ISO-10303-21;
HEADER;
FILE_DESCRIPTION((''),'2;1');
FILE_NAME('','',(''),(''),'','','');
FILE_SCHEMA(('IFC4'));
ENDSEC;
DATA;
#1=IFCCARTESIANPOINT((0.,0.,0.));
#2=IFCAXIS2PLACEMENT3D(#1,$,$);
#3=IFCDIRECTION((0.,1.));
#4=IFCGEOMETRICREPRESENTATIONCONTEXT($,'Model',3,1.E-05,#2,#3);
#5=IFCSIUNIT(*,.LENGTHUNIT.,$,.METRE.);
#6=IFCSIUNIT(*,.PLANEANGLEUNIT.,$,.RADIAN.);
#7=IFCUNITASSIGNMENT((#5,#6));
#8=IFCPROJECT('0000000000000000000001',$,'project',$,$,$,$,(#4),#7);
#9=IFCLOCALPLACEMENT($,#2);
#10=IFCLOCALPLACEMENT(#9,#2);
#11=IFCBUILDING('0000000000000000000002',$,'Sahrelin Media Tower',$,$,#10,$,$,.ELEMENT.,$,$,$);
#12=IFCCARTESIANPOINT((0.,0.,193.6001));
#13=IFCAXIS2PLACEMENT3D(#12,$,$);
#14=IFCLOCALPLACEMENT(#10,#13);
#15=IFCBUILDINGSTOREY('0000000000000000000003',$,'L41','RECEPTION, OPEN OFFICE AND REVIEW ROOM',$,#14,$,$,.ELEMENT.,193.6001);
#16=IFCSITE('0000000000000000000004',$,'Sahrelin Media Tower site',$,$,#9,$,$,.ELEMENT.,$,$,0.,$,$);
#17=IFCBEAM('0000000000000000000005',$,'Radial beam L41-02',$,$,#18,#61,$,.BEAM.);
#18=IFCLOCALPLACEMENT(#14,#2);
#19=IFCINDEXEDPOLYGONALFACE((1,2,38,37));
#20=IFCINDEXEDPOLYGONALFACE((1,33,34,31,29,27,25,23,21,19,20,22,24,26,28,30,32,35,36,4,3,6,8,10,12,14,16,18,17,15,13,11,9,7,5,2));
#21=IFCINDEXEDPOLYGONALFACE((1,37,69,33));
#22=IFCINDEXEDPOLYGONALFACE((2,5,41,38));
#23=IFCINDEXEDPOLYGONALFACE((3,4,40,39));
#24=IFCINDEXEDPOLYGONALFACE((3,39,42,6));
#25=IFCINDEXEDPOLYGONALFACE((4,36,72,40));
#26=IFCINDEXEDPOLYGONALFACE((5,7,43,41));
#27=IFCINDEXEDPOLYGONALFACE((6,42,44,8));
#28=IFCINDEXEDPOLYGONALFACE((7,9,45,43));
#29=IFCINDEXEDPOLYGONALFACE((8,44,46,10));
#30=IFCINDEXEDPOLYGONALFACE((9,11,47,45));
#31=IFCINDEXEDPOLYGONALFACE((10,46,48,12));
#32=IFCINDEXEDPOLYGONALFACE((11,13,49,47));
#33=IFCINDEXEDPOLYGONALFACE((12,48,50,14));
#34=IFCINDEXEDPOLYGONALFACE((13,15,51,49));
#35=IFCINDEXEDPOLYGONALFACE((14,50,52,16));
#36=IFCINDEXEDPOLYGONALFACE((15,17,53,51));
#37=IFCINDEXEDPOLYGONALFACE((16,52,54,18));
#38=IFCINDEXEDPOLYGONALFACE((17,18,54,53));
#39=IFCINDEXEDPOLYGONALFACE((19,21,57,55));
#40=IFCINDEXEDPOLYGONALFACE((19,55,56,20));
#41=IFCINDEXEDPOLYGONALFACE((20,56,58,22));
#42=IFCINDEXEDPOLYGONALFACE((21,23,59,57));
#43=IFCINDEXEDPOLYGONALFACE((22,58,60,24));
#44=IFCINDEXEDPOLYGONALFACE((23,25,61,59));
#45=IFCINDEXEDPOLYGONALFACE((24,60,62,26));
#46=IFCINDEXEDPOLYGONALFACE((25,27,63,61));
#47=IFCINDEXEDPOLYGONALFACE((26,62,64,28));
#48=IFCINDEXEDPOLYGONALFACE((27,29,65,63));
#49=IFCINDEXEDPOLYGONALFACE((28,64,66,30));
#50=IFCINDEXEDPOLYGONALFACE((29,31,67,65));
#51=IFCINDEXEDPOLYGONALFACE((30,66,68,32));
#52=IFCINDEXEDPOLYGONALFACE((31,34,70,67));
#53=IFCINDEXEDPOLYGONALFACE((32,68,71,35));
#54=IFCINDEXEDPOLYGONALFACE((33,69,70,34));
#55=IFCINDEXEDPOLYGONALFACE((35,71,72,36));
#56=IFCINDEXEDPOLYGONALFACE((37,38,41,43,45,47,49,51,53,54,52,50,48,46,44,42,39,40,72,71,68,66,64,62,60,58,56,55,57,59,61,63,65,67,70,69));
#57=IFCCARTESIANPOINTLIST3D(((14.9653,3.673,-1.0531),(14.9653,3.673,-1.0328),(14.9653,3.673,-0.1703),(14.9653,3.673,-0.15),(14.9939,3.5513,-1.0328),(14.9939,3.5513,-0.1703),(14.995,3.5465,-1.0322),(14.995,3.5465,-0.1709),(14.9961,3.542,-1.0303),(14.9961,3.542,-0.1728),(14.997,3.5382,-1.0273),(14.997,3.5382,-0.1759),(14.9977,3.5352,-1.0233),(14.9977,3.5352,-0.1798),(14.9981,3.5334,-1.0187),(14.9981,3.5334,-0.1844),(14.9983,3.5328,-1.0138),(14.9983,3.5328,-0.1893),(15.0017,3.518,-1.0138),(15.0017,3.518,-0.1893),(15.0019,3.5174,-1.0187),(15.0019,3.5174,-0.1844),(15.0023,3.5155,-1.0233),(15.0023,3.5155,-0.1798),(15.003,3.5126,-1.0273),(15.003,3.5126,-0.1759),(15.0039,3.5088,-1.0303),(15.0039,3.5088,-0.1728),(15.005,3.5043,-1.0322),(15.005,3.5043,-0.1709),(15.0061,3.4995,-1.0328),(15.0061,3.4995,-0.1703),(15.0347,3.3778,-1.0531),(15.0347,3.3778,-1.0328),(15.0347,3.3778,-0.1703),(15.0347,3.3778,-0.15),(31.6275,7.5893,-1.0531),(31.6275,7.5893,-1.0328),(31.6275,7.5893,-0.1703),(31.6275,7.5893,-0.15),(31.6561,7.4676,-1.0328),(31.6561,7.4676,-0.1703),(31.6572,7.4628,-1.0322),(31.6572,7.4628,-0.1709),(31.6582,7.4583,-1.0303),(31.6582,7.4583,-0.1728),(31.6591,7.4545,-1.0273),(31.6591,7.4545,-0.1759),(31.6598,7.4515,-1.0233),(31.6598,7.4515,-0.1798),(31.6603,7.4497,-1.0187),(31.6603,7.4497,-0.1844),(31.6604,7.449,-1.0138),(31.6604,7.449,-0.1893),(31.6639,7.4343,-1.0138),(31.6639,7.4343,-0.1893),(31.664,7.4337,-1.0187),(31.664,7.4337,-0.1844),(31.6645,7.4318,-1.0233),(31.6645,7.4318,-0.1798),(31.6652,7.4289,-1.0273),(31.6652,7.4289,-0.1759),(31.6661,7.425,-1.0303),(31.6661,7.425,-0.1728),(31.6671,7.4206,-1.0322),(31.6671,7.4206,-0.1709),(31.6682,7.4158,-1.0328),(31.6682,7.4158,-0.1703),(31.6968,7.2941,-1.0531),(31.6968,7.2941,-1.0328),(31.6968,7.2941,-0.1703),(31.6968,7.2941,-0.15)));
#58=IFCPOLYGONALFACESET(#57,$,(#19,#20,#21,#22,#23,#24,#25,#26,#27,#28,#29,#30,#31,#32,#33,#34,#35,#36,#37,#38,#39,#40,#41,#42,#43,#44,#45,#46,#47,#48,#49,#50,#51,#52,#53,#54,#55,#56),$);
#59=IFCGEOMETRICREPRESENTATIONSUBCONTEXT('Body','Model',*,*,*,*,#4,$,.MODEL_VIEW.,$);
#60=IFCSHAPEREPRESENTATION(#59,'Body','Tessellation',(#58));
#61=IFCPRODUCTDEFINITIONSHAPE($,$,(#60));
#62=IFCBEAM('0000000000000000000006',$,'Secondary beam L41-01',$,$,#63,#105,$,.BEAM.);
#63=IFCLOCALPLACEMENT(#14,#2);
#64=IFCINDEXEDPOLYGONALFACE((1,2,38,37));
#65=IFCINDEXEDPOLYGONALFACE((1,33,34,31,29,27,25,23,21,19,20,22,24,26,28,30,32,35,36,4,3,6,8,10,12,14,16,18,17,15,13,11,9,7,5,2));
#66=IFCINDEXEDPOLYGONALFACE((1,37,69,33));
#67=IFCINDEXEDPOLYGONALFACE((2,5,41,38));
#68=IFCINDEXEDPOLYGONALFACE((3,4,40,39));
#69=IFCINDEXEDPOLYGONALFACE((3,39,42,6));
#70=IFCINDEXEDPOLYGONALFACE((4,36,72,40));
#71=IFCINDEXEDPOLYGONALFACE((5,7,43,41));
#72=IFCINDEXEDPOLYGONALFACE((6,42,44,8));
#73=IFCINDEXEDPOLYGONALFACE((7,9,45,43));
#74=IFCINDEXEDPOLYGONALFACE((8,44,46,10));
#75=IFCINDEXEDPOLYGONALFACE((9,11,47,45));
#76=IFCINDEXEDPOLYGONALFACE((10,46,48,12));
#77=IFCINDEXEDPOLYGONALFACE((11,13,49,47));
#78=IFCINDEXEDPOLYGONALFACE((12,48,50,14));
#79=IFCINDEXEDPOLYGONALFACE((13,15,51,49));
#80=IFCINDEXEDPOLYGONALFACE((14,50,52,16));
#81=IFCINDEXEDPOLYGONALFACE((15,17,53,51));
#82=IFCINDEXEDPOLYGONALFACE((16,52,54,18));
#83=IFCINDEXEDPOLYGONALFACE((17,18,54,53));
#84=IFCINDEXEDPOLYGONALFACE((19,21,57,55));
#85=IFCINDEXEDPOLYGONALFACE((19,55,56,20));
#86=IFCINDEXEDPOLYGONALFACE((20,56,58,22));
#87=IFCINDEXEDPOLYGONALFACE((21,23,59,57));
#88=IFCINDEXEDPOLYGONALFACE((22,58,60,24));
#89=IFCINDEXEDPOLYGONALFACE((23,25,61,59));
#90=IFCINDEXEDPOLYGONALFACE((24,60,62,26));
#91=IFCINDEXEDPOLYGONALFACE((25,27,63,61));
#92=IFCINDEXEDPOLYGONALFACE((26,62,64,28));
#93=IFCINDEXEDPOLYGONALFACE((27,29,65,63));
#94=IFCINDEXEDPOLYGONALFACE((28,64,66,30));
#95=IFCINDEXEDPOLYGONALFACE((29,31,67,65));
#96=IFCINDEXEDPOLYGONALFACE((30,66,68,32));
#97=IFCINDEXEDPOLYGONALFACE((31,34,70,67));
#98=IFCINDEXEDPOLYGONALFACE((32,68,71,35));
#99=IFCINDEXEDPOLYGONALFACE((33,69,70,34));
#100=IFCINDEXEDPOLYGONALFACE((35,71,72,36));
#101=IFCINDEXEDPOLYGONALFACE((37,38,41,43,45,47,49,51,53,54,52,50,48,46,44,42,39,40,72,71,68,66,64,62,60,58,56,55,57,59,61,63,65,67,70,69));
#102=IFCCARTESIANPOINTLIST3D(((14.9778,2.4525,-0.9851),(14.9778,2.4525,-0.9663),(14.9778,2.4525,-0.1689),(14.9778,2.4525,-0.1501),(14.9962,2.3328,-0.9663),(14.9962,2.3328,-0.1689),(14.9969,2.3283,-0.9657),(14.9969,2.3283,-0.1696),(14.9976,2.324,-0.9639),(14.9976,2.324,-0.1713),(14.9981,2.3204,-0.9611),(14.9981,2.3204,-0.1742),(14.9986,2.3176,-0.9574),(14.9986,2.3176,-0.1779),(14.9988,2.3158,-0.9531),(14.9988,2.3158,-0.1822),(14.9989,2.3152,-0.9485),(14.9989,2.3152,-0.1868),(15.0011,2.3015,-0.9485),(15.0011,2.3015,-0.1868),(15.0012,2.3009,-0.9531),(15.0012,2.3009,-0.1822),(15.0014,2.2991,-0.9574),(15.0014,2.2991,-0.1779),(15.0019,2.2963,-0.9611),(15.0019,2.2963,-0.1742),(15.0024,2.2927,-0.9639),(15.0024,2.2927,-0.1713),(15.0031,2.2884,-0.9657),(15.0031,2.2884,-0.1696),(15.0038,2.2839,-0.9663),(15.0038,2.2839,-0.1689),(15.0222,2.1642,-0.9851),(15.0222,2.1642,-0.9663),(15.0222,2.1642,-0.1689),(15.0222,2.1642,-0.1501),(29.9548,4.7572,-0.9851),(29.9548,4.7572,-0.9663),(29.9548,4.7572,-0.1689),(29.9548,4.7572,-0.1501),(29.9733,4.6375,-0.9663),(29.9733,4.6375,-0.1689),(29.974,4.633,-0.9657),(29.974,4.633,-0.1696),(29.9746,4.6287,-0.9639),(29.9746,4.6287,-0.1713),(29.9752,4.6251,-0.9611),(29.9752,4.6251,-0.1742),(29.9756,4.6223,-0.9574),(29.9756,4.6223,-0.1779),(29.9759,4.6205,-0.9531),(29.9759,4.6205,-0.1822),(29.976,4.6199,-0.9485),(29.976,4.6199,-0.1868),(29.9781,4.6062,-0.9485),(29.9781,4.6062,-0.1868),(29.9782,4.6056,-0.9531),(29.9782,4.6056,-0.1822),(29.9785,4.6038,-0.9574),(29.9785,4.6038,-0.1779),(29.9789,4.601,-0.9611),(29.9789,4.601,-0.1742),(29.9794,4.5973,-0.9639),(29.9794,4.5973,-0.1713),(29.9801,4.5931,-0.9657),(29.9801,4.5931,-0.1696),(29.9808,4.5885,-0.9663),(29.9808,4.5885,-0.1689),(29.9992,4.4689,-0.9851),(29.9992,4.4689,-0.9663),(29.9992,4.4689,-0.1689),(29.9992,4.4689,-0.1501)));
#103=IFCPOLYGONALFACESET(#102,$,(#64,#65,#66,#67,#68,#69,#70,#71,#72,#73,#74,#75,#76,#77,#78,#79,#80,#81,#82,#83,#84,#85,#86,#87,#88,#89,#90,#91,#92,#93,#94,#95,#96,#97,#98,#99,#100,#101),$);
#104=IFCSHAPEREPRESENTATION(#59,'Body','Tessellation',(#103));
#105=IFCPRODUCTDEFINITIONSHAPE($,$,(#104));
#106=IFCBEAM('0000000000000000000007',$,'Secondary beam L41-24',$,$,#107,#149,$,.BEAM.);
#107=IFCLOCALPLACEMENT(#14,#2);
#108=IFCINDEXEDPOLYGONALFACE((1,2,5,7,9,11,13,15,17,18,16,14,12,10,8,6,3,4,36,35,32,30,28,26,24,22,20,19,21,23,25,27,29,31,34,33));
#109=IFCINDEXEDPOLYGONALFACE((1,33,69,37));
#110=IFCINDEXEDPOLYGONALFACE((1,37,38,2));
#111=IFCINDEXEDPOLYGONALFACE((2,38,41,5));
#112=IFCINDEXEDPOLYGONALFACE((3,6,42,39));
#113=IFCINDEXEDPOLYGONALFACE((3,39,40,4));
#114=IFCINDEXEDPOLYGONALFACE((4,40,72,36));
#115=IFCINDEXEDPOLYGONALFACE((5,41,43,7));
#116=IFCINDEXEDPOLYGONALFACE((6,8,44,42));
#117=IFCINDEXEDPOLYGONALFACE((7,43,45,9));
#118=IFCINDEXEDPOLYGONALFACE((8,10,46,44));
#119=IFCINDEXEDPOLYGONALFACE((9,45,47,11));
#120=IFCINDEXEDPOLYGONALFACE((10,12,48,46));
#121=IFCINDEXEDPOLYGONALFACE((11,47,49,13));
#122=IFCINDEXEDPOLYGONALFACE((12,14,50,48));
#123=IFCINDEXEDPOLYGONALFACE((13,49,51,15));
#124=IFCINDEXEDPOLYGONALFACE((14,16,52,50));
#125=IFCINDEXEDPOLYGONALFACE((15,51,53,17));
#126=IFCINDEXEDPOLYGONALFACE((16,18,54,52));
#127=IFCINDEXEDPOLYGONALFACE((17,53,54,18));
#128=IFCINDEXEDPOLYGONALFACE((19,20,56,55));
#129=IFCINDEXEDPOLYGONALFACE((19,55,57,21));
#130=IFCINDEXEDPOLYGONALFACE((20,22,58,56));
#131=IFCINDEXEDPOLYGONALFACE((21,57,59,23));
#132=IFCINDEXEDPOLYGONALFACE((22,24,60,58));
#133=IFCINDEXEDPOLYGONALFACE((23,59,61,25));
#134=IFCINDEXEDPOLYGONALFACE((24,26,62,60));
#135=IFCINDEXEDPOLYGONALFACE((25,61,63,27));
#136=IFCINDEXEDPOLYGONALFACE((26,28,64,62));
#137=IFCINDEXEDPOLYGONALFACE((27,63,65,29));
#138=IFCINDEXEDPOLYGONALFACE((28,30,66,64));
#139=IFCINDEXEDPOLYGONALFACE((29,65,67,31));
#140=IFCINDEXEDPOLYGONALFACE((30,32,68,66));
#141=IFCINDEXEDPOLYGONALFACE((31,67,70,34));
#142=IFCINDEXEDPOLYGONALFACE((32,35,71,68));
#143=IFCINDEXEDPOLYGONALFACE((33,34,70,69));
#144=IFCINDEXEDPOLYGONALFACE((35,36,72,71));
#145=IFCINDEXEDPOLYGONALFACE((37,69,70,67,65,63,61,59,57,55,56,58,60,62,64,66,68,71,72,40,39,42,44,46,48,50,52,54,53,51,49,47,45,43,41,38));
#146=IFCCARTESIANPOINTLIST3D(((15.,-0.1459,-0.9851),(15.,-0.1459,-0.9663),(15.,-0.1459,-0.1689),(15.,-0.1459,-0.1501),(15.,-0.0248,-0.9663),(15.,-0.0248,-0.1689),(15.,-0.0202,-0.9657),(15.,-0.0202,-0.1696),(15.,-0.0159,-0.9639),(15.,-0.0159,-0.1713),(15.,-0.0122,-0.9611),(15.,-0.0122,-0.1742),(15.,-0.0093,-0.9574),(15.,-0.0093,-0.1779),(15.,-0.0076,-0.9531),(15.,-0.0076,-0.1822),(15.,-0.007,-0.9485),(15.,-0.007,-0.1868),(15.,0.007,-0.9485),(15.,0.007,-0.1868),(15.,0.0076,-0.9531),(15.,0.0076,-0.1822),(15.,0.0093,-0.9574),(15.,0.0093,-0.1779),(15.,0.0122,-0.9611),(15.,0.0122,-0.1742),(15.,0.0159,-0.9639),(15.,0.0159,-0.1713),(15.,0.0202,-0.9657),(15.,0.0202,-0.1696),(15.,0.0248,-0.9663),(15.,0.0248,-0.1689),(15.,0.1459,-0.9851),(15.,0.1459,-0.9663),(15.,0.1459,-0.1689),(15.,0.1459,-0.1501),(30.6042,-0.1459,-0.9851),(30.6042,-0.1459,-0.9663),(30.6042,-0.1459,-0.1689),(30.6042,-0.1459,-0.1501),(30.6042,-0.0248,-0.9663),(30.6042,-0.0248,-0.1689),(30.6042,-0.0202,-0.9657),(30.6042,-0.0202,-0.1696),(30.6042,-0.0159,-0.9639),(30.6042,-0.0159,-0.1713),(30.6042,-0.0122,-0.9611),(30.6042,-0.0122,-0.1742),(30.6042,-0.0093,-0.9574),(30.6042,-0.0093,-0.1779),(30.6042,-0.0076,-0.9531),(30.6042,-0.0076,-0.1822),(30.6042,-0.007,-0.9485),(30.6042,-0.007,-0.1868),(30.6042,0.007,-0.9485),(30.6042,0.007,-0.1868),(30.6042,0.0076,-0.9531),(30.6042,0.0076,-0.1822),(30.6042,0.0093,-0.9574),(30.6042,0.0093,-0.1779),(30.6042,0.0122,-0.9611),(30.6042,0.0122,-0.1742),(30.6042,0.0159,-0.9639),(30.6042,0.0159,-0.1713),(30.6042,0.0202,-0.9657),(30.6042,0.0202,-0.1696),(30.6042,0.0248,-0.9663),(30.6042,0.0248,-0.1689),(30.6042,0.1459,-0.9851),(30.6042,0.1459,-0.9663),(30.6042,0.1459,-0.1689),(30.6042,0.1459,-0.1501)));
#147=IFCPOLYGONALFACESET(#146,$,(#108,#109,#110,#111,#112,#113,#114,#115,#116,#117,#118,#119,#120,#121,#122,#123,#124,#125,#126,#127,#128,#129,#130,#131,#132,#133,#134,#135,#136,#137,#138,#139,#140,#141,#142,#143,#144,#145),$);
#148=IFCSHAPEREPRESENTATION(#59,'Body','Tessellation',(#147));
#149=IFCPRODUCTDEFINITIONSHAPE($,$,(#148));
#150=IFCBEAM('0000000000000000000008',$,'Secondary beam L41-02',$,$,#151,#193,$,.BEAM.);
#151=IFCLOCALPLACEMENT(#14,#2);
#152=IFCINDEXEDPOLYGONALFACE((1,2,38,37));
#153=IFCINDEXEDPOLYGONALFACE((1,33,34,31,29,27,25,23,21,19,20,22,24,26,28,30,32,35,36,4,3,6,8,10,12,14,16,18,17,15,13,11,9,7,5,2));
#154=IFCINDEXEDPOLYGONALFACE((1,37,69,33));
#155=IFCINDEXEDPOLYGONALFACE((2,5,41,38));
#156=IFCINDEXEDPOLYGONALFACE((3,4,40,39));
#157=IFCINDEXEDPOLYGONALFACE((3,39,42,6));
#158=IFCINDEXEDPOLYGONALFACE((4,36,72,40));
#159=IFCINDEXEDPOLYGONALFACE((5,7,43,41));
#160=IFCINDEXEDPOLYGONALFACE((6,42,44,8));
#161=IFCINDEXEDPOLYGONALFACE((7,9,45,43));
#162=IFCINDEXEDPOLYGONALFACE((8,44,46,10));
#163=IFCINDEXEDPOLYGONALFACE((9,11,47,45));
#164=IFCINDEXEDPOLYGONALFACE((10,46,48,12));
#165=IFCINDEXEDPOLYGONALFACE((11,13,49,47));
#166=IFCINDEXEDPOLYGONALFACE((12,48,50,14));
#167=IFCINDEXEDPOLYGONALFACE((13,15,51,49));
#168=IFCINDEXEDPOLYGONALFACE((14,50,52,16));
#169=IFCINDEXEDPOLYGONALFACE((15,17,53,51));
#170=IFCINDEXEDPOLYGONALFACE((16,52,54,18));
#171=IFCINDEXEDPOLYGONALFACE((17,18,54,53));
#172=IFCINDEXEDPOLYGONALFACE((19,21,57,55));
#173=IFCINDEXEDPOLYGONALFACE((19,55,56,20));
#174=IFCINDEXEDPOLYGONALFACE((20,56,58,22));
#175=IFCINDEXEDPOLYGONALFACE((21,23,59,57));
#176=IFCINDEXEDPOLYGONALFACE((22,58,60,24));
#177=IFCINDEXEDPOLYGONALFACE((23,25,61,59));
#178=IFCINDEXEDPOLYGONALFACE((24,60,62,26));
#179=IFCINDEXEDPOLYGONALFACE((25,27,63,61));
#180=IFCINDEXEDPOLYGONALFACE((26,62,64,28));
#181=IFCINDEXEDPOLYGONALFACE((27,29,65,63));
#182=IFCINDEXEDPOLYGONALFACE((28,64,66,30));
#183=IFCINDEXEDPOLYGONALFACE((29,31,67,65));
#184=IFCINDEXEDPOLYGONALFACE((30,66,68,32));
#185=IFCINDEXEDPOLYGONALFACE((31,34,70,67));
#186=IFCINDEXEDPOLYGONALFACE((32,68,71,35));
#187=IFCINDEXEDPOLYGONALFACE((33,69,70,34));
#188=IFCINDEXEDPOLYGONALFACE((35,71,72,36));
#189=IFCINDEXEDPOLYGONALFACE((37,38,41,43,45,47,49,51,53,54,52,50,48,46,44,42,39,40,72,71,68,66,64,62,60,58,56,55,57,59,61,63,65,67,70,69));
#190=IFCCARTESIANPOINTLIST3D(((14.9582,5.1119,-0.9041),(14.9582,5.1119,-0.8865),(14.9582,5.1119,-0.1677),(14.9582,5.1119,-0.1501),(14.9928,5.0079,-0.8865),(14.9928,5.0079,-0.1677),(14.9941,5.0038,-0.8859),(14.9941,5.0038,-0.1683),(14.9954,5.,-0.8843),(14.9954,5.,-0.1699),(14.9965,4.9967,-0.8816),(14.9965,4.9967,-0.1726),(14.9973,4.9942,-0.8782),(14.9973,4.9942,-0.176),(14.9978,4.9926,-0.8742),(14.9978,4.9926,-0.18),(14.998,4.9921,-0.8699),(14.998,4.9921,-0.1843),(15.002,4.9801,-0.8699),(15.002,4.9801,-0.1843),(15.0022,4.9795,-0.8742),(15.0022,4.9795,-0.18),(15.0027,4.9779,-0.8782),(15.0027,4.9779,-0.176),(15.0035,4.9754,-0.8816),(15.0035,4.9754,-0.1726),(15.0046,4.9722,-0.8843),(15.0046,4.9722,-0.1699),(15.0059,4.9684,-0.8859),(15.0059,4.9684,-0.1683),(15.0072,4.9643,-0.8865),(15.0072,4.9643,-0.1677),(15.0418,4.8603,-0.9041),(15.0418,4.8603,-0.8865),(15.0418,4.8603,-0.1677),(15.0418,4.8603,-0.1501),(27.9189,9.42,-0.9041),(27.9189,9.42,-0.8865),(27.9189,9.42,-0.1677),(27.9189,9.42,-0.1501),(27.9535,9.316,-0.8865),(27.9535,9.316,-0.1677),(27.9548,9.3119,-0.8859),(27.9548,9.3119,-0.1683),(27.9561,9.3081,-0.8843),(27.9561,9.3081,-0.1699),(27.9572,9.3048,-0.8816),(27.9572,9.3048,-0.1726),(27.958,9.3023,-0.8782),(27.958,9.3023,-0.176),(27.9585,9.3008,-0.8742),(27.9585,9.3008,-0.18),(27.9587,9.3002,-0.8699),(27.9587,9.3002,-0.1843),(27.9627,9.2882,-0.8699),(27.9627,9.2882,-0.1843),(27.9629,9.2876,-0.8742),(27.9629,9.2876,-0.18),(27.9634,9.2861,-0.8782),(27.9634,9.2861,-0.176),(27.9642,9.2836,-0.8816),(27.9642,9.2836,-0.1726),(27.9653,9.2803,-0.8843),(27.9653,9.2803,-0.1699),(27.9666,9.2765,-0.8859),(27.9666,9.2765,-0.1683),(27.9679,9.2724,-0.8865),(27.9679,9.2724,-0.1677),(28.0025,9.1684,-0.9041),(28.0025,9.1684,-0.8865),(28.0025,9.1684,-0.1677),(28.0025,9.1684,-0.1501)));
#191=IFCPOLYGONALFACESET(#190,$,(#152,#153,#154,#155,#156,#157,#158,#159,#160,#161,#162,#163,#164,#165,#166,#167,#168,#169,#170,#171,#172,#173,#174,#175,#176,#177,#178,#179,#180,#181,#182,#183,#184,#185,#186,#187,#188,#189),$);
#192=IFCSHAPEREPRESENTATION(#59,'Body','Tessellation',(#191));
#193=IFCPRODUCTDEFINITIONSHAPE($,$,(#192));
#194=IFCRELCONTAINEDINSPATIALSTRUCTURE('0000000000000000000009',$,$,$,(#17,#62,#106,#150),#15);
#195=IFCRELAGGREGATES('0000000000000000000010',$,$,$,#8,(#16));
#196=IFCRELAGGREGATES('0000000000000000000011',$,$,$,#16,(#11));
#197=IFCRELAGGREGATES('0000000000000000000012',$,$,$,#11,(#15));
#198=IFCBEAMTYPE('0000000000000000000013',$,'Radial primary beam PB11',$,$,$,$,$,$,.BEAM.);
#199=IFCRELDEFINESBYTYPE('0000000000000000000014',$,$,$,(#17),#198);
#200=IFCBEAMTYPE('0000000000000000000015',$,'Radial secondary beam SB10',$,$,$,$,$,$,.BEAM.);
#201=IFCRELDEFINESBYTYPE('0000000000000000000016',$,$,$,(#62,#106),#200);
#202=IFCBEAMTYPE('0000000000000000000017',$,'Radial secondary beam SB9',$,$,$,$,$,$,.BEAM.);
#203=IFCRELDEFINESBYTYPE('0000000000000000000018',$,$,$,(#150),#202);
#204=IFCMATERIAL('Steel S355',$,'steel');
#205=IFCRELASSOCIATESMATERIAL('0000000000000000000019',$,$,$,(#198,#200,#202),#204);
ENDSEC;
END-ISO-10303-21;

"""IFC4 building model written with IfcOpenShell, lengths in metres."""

from ifc_helpers import new_model, si_unit, direction, frame, origin, origin_2d, place, context, subcontext, project, spatial, i_section, extrude, material, material_profile, profile_set, type_object, element, save


model = new_model("IFC4")

# Units and contexts
model_context = context("Model", 3, precision=1e-05, world=origin(), true_north=direction((0.0, 1.0)))
body_context = subcontext(model_context, "Body", "Model", "MODEL_VIEW")
ifc_project = project(units=[si_unit("LENGTHUNIT", "METRE"), si_unit("PLANEANGLEUNIT", "RADIAN")], contexts=[model_context])

# Site, building, storey
site_placement = place(None, origin())
site = spatial("IfcSite", under=ifc_project, at=site_placement, Name="Sahrelin Media Tower site", CompositionType="ELEMENT", RefElevation=0.0)
building_placement = place(site_placement, origin())
building = spatial("IfcBuilding", under=site, at=building_placement, Name="Sahrelin Media Tower", CompositionType="ELEMENT")
storey_placement = place(building_placement, frame((0.0, 0.0, 193.6001)))
storey = spatial("IfcBuildingStorey", under=building, at=storey_placement, Name="L41", Description="RECEPTION, OPEN OFFICE AND REVIEW ROOM", CompositionType="ELEMENT", Elevation=193.6001)

# Shared definitions
ifc_material_1 = material(Name="Steel S355", Category="steel")

# Beams
ifc_material_profile_1 = material_profile(ifc_material_1, i_section(OverallWidth=0.3032, OverallDepth=0.9031, WebThickness=0.0151, FlangeThickness=0.0203, FilletRadius=0.019, at=origin_2d()), Name="UB 914x305x201")
ifc_profile_set_1 = profile_set([ifc_material_profile_1], Name="Steel S355")
beam_type_1 = type_object("IfcBeamType", Name="Radial primary beam PB11", PredefinedType="BEAM", material=ifc_profile_set_1)
beam_1_placement = place(storey_placement, frame((15.0, 3.5254, -0.6016), z_axis=(0.973472, 0.228805, 0.0), x_axis=(-0.228805, 0.973472, 0.0)))
element("IfcBeam", 1, at=beam_1_placement, inside=storey, type_object=beam_type_1, Name="Radial beam L41-02", PredefinedType="BEAM", context=body_context, shape_type="SweptSolid", body=[
    extrude(i_section(OverallWidth=0.3032, OverallDepth=0.9031, WebThickness=0.0151, FlangeThickness=0.0203, FilletRadius=0.019, at=origin_2d()), origin(), (0.0, 0.0, 1.0), 17.1162),
])
ifc_material_profile_2 = material_profile(ifc_material_1, i_section(OverallWidth=0.2917, OverallDepth=0.835, WebThickness=0.0139, FlangeThickness=0.0188, FilletRadius=0.0178, at=origin_2d()), Name="UB 838x292x176")
ifc_profile_set_2 = profile_set([ifc_material_profile_2], Name="Steel S355")
beam_type_2 = type_object("IfcBeamType", Name="Radial secondary beam SB10", PredefinedType="BEAM", material=ifc_profile_set_2)
beam_2_placement = place(storey_placement, frame((15.0, 2.3083, -0.5676), z_axis=(0.988366, 0.152091, 0.0), x_axis=(-0.152091, 0.988366, 0.0)))
element("IfcBeam", 2, at=beam_2_placement, inside=storey, type_object=beam_type_2, Name="Secondary beam L41-01", PredefinedType="BEAM", context=body_context, shape_type="SweptSolid", body=[
    extrude(i_section(OverallWidth=0.2917, OverallDepth=0.835, WebThickness=0.0139, FlangeThickness=0.0188, FilletRadius=0.0178, at=origin_2d()), origin(), (0.0, 0.0, 1.0), 15.1533),
])
beam_3_placement = place(storey_placement, frame((15.0, 0.0, -0.5676), z_axis=(1.0, 0.0, 0.0), x_axis=(0.0, 1.0, 0.0)))
element("IfcBeam", 3, at=beam_3_placement, inside=storey, type_object=beam_type_2, Name="Secondary beam L41-24", PredefinedType="BEAM", context=body_context, shape_type="SweptSolid", body=[
    extrude(i_section(OverallWidth=0.2917, OverallDepth=0.835, WebThickness=0.0139, FlangeThickness=0.0188, FilletRadius=0.0178, at=origin_2d()), origin(), (0.0, 0.0, 1.0), 15.6042),
])
ifc_material_profile_3 = material_profile(ifc_material_1, i_section(OverallWidth=0.2651, OverallDepth=0.7539, WebThickness=0.0127, FlangeThickness=0.0176, FilletRadius=0.0166, at=origin_2d()), Name="UB 762x267x147")
ifc_profile_set_3 = profile_set([ifc_material_profile_3], Name="Steel S355")
beam_type_3 = type_object("IfcBeamType", Name="Radial secondary beam SB9", PredefinedType="BEAM", material=ifc_profile_set_3)
beam_4_placement = place(storey_placement, frame((15.0, 4.9861, -0.5271), z_axis=(0.948949, 0.315429, 0.0), x_axis=(-0.315429, 0.948949, 0.0)))
element("IfcBeam", 4, at=beam_4_placement, inside=storey, type_object=beam_type_3, Name="Secondary beam L41-02", PredefinedType="BEAM", context=body_context, shape_type="SweptSolid", body=[
    extrude(i_section(OverallWidth=0.2651, OverallDepth=0.7539, WebThickness=0.0127, FlangeThickness=0.0176, FilletRadius=0.0166, at=origin_2d()), origin(), (0.0, 0.0, 1.0), 13.658),
])

save(model, "model.ifc")
